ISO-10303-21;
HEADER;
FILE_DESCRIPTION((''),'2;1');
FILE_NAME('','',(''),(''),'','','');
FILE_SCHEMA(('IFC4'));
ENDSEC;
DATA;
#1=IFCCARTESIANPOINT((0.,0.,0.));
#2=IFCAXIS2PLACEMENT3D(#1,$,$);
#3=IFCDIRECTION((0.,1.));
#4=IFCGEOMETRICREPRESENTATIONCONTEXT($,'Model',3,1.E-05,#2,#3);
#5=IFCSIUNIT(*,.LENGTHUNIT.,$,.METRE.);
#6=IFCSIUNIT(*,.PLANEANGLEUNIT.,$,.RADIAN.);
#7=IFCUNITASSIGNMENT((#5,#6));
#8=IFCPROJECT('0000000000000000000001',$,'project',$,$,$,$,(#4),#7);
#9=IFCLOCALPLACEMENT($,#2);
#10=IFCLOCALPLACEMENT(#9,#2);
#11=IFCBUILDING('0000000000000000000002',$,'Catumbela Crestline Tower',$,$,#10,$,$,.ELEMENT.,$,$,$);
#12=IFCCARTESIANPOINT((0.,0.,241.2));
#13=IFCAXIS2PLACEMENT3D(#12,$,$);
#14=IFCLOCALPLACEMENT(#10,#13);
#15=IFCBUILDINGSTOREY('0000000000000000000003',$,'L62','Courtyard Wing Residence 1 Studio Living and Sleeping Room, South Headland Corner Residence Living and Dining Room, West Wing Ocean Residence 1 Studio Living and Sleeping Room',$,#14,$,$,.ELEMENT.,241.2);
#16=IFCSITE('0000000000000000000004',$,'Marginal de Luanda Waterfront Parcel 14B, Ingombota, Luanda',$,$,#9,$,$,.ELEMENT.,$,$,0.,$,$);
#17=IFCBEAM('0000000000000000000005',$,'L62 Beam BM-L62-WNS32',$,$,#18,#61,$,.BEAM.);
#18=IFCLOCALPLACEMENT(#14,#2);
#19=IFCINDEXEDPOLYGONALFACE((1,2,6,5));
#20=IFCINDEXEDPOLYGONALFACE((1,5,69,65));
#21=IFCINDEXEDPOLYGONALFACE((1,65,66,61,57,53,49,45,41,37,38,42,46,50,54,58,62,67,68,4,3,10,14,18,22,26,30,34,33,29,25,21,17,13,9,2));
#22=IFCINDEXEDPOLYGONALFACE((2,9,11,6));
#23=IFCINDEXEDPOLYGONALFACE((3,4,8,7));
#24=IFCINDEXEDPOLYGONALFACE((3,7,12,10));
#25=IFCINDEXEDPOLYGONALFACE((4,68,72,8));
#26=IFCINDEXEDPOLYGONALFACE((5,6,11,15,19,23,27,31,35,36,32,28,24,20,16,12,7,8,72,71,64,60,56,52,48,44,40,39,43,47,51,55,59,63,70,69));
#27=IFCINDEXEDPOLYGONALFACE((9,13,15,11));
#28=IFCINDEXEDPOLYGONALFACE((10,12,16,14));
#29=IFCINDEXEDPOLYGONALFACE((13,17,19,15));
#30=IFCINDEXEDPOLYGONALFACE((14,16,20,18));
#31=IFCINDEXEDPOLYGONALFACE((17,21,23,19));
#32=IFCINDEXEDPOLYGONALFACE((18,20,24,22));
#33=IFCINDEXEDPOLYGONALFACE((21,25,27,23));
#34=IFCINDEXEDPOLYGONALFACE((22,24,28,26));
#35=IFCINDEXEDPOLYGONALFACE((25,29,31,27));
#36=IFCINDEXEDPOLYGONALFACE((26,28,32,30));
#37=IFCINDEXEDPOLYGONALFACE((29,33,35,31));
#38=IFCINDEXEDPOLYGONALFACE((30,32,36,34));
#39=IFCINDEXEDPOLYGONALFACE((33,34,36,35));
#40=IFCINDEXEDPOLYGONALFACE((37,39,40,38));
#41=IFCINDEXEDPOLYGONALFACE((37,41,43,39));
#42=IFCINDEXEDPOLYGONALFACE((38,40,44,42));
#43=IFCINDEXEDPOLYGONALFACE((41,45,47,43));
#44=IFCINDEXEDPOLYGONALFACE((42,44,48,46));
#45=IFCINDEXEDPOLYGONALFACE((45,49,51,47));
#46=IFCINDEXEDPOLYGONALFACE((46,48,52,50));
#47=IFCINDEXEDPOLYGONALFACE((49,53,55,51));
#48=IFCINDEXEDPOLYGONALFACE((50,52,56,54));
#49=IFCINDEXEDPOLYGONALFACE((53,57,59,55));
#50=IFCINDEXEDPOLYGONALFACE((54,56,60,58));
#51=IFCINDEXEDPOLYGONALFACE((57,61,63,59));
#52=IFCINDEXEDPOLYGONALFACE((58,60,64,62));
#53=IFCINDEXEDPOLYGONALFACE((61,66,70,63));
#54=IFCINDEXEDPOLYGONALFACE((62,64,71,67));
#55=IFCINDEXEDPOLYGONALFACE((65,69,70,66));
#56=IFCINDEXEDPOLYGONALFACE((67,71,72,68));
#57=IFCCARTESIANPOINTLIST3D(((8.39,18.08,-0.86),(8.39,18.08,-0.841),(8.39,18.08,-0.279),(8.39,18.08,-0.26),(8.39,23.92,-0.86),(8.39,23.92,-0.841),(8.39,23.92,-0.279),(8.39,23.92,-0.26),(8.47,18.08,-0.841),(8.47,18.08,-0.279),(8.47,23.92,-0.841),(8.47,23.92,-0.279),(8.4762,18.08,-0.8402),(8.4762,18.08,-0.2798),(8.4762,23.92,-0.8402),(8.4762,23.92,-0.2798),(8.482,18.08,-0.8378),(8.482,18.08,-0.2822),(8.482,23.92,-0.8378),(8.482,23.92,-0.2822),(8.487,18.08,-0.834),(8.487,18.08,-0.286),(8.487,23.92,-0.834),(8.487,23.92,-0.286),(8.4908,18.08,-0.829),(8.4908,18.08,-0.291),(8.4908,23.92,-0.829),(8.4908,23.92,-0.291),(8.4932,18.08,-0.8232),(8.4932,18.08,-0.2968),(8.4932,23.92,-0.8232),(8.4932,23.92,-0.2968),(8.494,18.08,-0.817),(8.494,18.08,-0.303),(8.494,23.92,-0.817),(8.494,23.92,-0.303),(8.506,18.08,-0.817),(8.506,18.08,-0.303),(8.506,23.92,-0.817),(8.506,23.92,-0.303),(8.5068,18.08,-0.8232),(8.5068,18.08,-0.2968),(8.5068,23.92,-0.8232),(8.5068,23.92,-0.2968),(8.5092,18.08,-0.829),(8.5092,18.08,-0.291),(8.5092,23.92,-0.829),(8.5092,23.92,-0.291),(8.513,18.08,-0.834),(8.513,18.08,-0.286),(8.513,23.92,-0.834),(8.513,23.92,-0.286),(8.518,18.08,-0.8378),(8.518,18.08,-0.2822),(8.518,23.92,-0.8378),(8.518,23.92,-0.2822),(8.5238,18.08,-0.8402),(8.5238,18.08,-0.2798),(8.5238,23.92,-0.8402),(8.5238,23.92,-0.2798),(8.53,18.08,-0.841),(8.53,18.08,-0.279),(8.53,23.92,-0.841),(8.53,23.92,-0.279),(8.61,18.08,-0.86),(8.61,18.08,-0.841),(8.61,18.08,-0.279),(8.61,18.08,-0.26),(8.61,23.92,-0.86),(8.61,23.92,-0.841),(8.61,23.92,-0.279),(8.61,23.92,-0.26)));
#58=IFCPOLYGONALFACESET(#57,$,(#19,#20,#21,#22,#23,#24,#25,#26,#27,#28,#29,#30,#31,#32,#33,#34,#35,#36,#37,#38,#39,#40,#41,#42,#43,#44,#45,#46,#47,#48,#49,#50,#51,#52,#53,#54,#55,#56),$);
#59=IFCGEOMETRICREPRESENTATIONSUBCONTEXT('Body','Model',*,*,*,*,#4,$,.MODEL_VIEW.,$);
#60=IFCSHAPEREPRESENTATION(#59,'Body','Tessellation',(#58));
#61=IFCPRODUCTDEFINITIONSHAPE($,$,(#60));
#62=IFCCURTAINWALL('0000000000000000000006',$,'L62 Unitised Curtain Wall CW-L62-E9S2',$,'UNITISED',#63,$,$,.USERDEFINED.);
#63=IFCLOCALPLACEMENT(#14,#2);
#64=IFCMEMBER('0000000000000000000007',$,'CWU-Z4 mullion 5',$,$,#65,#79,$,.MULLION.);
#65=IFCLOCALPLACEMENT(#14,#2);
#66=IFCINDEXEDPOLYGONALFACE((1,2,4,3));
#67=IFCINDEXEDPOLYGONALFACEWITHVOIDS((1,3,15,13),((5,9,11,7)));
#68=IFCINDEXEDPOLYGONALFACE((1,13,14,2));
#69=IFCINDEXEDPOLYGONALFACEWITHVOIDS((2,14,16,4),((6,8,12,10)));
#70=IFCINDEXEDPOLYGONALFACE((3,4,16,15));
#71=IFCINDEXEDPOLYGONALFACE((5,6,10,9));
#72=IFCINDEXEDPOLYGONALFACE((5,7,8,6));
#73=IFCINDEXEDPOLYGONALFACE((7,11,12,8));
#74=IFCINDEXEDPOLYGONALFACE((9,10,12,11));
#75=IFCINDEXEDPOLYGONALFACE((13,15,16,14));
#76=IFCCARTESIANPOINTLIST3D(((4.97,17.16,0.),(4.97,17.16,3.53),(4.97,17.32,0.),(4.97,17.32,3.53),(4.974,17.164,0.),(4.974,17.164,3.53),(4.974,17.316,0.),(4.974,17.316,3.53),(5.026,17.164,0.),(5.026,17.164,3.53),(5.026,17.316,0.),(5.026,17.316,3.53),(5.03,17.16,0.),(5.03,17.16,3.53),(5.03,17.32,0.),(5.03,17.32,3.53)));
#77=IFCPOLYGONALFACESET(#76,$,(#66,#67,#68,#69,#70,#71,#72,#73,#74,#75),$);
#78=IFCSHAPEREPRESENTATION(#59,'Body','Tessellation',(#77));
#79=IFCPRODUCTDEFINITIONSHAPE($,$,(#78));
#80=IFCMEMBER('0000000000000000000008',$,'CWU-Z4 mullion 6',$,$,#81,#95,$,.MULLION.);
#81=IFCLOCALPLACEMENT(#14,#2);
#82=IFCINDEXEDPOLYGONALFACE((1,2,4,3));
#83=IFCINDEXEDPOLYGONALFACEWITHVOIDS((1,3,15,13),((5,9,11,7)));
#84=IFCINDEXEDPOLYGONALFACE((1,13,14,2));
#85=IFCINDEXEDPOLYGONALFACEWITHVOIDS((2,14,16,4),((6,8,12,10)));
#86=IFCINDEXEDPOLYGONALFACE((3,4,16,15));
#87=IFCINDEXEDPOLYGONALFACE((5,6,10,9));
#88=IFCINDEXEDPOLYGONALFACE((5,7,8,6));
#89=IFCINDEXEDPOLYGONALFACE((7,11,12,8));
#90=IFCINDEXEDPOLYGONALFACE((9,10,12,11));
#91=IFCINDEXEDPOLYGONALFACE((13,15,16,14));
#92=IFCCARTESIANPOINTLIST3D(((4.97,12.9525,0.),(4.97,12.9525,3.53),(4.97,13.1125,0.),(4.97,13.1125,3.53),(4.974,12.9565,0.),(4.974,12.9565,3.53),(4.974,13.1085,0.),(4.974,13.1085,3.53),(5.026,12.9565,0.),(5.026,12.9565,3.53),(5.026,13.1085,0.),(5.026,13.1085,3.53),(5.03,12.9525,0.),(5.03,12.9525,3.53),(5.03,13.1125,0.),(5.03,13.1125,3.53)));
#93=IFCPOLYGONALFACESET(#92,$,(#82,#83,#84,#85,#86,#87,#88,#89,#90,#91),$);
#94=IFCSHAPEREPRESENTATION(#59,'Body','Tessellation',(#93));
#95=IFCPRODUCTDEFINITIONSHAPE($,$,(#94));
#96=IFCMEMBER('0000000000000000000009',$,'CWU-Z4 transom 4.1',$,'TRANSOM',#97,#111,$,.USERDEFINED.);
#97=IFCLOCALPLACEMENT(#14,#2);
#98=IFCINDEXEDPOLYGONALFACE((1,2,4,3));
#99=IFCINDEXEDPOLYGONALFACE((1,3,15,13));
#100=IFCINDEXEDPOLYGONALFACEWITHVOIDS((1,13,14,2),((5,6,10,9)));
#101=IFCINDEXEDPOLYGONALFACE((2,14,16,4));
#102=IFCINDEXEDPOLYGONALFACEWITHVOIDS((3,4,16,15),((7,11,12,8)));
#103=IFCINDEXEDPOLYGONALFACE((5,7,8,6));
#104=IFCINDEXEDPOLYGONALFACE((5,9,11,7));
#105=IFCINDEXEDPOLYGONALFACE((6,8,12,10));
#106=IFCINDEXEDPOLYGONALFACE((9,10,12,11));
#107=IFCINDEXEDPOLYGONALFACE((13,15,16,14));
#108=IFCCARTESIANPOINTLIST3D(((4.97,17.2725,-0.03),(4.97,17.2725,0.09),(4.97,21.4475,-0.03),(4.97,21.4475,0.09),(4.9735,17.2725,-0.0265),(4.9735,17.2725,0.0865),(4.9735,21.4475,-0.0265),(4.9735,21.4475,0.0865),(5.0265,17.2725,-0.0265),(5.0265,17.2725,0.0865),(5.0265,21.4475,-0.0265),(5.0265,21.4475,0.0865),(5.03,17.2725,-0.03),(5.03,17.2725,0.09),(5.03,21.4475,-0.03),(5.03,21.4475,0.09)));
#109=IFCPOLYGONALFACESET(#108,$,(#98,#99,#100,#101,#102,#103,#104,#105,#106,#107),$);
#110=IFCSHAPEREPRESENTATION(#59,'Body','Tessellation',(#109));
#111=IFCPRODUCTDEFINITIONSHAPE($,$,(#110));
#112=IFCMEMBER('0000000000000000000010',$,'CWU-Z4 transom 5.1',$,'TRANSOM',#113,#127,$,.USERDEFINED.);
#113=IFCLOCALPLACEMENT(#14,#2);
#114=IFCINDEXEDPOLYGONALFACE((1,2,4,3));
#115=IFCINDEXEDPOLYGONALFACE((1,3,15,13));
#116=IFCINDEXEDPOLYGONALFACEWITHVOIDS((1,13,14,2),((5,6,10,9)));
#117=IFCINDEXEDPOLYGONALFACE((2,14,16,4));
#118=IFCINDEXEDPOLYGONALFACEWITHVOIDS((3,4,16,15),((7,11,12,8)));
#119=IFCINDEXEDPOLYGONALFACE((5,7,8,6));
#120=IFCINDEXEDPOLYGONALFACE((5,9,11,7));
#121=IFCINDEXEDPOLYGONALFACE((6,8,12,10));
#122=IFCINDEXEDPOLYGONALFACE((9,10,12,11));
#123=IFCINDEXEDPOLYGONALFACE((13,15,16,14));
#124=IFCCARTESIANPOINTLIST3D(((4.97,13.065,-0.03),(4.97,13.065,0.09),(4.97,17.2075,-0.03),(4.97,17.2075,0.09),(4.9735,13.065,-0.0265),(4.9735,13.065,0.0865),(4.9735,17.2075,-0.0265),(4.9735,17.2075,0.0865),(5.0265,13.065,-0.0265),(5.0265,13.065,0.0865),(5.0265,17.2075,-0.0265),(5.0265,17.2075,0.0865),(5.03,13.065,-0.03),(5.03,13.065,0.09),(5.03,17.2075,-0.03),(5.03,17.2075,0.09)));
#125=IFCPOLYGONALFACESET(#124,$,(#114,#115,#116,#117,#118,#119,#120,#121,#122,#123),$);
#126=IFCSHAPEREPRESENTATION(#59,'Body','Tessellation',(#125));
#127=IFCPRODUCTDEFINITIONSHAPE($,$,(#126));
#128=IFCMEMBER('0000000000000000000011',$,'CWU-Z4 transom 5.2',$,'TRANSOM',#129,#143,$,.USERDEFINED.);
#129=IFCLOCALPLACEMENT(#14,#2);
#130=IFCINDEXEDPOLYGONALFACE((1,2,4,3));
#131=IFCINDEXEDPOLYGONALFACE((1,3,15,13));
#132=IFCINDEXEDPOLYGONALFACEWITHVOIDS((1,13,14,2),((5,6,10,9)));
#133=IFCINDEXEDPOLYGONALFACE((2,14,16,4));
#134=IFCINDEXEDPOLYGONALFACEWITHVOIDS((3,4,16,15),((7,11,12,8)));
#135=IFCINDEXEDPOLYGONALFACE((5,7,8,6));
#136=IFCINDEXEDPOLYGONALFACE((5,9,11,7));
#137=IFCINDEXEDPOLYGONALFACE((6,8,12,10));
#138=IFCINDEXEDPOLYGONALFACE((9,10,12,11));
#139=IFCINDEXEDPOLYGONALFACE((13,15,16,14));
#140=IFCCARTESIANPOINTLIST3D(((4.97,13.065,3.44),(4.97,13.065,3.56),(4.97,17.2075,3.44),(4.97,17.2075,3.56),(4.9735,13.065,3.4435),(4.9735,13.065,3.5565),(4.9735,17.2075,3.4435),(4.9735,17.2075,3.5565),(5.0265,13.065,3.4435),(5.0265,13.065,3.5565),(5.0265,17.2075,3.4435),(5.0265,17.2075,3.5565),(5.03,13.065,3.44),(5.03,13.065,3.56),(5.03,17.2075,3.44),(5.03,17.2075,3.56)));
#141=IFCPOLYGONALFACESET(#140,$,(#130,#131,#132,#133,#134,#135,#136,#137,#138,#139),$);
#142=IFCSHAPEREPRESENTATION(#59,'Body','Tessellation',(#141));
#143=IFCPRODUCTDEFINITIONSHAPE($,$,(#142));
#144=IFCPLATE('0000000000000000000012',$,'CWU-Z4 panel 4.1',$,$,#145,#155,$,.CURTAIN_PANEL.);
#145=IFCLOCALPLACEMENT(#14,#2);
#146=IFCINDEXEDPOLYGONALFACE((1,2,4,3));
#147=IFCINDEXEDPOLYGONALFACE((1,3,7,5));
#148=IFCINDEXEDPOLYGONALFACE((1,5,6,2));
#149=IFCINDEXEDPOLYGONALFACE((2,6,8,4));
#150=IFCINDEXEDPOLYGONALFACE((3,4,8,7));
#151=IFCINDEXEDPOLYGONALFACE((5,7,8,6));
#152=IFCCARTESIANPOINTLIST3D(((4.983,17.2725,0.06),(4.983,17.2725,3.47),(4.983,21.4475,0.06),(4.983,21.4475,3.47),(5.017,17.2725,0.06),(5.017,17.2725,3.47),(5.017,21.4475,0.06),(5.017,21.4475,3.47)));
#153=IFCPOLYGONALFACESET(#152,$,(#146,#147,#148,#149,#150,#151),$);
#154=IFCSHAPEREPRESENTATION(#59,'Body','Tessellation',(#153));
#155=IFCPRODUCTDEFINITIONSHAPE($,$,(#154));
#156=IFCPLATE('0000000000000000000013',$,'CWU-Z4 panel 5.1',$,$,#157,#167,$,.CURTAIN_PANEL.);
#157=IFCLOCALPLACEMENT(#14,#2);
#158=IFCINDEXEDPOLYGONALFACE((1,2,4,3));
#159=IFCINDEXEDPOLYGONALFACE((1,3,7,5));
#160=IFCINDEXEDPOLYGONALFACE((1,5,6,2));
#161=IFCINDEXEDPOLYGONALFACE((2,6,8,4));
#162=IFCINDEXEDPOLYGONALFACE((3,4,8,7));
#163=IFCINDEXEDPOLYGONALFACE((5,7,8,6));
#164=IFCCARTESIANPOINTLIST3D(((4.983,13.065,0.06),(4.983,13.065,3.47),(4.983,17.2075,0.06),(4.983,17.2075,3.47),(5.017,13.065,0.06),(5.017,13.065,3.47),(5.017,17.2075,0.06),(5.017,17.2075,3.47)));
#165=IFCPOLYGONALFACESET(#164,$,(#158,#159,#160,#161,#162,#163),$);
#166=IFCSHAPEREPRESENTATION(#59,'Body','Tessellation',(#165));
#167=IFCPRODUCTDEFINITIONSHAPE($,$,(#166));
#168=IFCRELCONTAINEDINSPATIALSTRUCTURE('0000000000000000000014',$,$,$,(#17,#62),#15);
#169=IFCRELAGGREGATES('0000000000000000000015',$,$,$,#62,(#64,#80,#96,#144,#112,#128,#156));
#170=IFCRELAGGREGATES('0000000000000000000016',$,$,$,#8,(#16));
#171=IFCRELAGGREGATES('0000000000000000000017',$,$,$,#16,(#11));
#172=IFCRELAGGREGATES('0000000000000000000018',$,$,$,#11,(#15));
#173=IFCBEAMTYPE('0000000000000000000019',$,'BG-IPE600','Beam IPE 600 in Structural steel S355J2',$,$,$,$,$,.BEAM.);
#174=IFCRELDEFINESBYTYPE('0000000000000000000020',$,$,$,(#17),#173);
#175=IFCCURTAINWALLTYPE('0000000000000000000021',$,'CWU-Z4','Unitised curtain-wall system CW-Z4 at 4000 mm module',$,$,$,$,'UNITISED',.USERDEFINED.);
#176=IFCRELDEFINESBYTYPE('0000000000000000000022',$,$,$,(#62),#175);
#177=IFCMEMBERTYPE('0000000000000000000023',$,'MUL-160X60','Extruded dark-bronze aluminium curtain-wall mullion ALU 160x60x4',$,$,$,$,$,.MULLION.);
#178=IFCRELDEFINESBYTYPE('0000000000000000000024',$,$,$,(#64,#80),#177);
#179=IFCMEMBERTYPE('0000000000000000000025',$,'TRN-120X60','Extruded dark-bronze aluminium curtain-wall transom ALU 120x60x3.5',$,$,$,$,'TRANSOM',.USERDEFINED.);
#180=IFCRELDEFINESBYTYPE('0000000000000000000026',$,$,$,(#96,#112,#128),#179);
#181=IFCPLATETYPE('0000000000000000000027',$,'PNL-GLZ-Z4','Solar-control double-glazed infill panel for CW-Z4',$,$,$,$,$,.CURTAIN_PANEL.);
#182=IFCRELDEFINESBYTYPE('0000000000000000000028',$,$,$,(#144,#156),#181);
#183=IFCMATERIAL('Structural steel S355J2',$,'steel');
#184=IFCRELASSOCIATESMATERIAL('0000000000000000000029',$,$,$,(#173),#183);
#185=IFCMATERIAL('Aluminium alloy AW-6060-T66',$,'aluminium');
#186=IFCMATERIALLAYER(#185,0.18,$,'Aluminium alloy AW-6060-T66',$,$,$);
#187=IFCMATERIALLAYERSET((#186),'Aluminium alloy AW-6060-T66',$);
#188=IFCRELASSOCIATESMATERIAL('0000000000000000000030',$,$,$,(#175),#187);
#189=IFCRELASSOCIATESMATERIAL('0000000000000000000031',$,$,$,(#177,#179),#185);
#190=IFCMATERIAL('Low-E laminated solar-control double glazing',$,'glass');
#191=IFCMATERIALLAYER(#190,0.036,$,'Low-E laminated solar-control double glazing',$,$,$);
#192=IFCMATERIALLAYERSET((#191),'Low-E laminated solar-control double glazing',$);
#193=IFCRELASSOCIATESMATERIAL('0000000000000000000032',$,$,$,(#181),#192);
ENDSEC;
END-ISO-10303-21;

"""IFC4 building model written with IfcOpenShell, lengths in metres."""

from ifc_helpers import new_model, si_unit, direction, frame, origin, origin_2d, place, context, subcontext, project, spatial, rectangle, hollow_rectangle, i_section, extrude, material, layer, layer_set, material_profile, profile_set, type_object, element, aggregate, save


model = new_model("IFC4")

# Units and contexts
model_context = context("Model", 3, precision=1e-05, world=origin(), true_north=direction((0.0, 1.0)))
body_context = subcontext(model_context, "Body", "Model", "MODEL_VIEW")
ifc_project = project(units=[si_unit("LENGTHUNIT", "METRE"), si_unit("PLANEANGLEUNIT", "RADIAN")], contexts=[model_context])

# Site, building, storey
site_placement = place(None, origin())
site = spatial("IfcSite", under=ifc_project, at=site_placement, Name="Marginal de Luanda Waterfront Parcel 14B, Ingombota, Luanda", CompositionType="ELEMENT", RefElevation=0.0)
building_placement = place(site_placement, origin())
building = spatial("IfcBuilding", under=site, at=building_placement, Name="Catumbela Crestline Tower", CompositionType="ELEMENT")
storey_placement = place(building_placement, frame((0.0, 0.0, 241.2)))
storey = spatial("IfcBuildingStorey", under=building, at=storey_placement, Name="L62", Description="Courtyard Wing Residence 1 Studio Living and Sleeping Room, South Headland Corner Residence Living and Dining Room, West Wing Ocean Residence 1 Studio Living and Sleeping Room", CompositionType="ELEMENT", Elevation=241.2)

# Shared definitions
ifc_material_1 = material(Name="Structural steel S355J2", Category="steel")

# Beam
ifc_material_profile_1 = material_profile(ifc_material_1, i_section(OverallWidth=0.22, OverallDepth=0.6, WebThickness=0.012, FlangeThickness=0.019, FilletRadius=0.024, at=origin_2d()), Name="IPE 600")
ifc_profile_set_1 = profile_set([ifc_material_profile_1], Name="Structural steel S355J2")
beam_type = type_object("IfcBeamType", Name="BG-IPE600", Description="Beam IPE 600 in Structural steel S355J2", PredefinedType="BEAM", material=ifc_profile_set_1)
beam_1_placement = place(storey_placement, frame((8.5, 18.08, -0.56), z_axis=(0.0, 1.0, 0.0), x_axis=(-1.0, 0.0, 0.0)))
element("IfcBeam", 1, at=beam_1_placement, inside=storey, type_object=beam_type, Name="L62 Beam BM-L62-WNS32", PredefinedType="BEAM", context=body_context, shape_type="SweptSolid", body=[
    extrude(i_section(OverallWidth=0.22, OverallDepth=0.6, WebThickness=0.012, FlangeThickness=0.019, FilletRadius=0.024, at=origin_2d()), origin(), (0.0, 0.0, 1.0), 5.84),
])

# Curtain wall, members, plates
ifc_material_2 = material(Name="Aluminium alloy AW-6060-T66", Category="aluminium")
ifc_layer_1 = layer(ifc_material_2, 0.18, Name="Aluminium alloy AW-6060-T66")
ifc_layer_set_1 = layer_set([ifc_layer_1], Name="Aluminium alloy AW-6060-T66")
curtain_wall_type = type_object("IfcCurtainWallType", Name="CWU-Z4", Description="Unitised curtain-wall system CW-Z4 at 4000 mm module", ElementType="UNITISED", PredefinedType="USERDEFINED", material=ifc_layer_set_1)
curtain_wall_placement = place(storey_placement, origin())
curtain_wall = element("IfcCurtainWall", 2, at=curtain_wall_placement, inside=storey, type_object=curtain_wall_type, Name="L62 Unitised Curtain Wall CW-L62-E9S2", ObjectType="UNITISED", PredefinedType="USERDEFINED")
ifc_material_profile_2 = material_profile(ifc_material_2, hollow_rectangle(XDim=0.06, YDim=0.16, WallThickness=0.004, at=origin_2d()), Name="ALU 160x60x4")
ifc_profile_set_2 = profile_set([ifc_material_profile_2], Name="Aluminium alloy AW-6060-T66")
member_type_1 = type_object("IfcMemberType", Name="MUL-160X60", Description="Extruded dark-bronze aluminium curtain-wall mullion ALU 160x60x4", PredefinedType="MULLION", material=ifc_profile_set_2)
member_1_placement = place(storey_placement, frame((5.0, 17.24, 0.0), z_axis=(0.0, 0.0, 1.0), x_axis=(1.0, 0.0, 0.0)))
member_1 = element("IfcMember", 3, at=member_1_placement, type_object=member_type_1, Name="CWU-Z4 mullion 5", PredefinedType="MULLION", context=body_context, shape_type="SweptSolid", body=[
    extrude(hollow_rectangle(XDim=0.06, YDim=0.16, WallThickness=0.004, at=origin_2d()), origin(), (0.0, 0.0, 1.0), 3.53),
])
member_2_placement = place(storey_placement, frame((5.0, 13.0325, 0.0), z_axis=(0.0, 0.0, 1.0), x_axis=(1.0, 0.0, 0.0)))
member_2 = element("IfcMember", 4, at=member_2_placement, type_object=member_type_1, Name="CWU-Z4 mullion 6", PredefinedType="MULLION", context=body_context, shape_type="SweptSolid", body=[
    extrude(hollow_rectangle(XDim=0.06, YDim=0.16, WallThickness=0.004, at=origin_2d()), origin(), (0.0, 0.0, 1.0), 3.53),
])
ifc_material_profile_3 = material_profile(ifc_material_2, hollow_rectangle(XDim=0.06, YDim=0.12, WallThickness=0.0035, at=origin_2d()), Name="ALU 120x60x3.5")
ifc_profile_set_3 = profile_set([ifc_material_profile_3], Name="Aluminium alloy AW-6060-T66")
member_type_2 = type_object("IfcMemberType", Name="TRN-120X60", Description="Extruded dark-bronze aluminium curtain-wall transom ALU 120x60x3.5", ElementType="TRANSOM", PredefinedType="USERDEFINED", material=ifc_profile_set_3)
member_3_placement = place(storey_placement, frame((5.0, 21.4475, 0.03), z_axis=(0.0, -1.0, 0.0), x_axis=(1.0, 0.0, 0.0)))
member_3 = element("IfcMember", 5, at=member_3_placement, type_object=member_type_2, Name="CWU-Z4 transom 4.1", ObjectType="TRANSOM", PredefinedType="USERDEFINED", context=body_context, shape_type="SweptSolid", body=[
    extrude(hollow_rectangle(XDim=0.06, YDim=0.12, WallThickness=0.0035, at=origin_2d()), origin(), (0.0, 0.0, 1.0), 4.175),
])
member_4_placement = place(storey_placement, frame((5.0, 17.2075, 0.03), z_axis=(0.0, -1.0, 0.0), x_axis=(1.0, 0.0, 0.0)))
member_4 = element("IfcMember", 6, at=member_4_placement, type_object=member_type_2, Name="CWU-Z4 transom 5.1", ObjectType="TRANSOM", PredefinedType="USERDEFINED", context=body_context, shape_type="SweptSolid", body=[
    extrude(hollow_rectangle(XDim=0.06, YDim=0.12, WallThickness=0.0035, at=origin_2d()), origin(), (0.0, 0.0, 1.0), 4.1425),
])
member_5_placement = place(storey_placement, frame((5.0, 17.2075, 3.5), z_axis=(0.0, -1.0, 0.0), x_axis=(1.0, 0.0, 0.0)))
member_5 = element("IfcMember", 7, at=member_5_placement, type_object=member_type_2, Name="CWU-Z4 transom 5.2", ObjectType="TRANSOM", PredefinedType="USERDEFINED", context=body_context, shape_type="SweptSolid", body=[
    extrude(hollow_rectangle(XDim=0.06, YDim=0.12, WallThickness=0.0035, at=origin_2d()), origin(), (0.0, 0.0, 1.0), 4.1425),
])
ifc_material_3 = material(Name="Low-E laminated solar-control double glazing", Category="glass")
ifc_layer_2 = layer(ifc_material_3, 0.036, Name="Low-E laminated solar-control double glazing")
ifc_layer_set_2 = layer_set([ifc_layer_2], Name="Low-E laminated solar-control double glazing")
plate_type = type_object("IfcPlateType", Name="PNL-GLZ-Z4", Description="Solar-control double-glazed infill panel for CW-Z4", PredefinedType="CURTAIN_PANEL", material=ifc_layer_set_2)
plate_1_placement = place(storey_placement, frame((5.0, 19.36, 0.06), z_axis=(0.0, 0.0, 1.0), x_axis=(0.0, -1.0, 0.0)))
plate_1 = element("IfcPlate", 8, at=plate_1_placement, type_object=plate_type, Name="CWU-Z4 panel 4.1", PredefinedType="CURTAIN_PANEL", context=body_context, shape_type="SweptSolid", body=[
    extrude(rectangle(XDim=4.175, YDim=0.034, at=origin_2d()), origin(), (0.0, 0.0, 1.0), 3.41),
])
plate_2_placement = place(storey_placement, frame((5.0, 15.1362, 0.06), z_axis=(0.0, 0.0, 1.0), x_axis=(0.0, -1.0, 0.0)))
plate_2 = element("IfcPlate", 9, at=plate_2_placement, type_object=plate_type, Name="CWU-Z4 panel 5.1", PredefinedType="CURTAIN_PANEL", context=body_context, shape_type="SweptSolid", body=[
    extrude(rectangle(XDim=4.1425, YDim=0.034, at=origin_2d()), origin(), (0.0, 0.0, 1.0), 3.41),
])
aggregate(curtain_wall, [member_1, member_2, member_3, plate_1, member_4, member_5, plate_2])

save(model, "model.ifc")
